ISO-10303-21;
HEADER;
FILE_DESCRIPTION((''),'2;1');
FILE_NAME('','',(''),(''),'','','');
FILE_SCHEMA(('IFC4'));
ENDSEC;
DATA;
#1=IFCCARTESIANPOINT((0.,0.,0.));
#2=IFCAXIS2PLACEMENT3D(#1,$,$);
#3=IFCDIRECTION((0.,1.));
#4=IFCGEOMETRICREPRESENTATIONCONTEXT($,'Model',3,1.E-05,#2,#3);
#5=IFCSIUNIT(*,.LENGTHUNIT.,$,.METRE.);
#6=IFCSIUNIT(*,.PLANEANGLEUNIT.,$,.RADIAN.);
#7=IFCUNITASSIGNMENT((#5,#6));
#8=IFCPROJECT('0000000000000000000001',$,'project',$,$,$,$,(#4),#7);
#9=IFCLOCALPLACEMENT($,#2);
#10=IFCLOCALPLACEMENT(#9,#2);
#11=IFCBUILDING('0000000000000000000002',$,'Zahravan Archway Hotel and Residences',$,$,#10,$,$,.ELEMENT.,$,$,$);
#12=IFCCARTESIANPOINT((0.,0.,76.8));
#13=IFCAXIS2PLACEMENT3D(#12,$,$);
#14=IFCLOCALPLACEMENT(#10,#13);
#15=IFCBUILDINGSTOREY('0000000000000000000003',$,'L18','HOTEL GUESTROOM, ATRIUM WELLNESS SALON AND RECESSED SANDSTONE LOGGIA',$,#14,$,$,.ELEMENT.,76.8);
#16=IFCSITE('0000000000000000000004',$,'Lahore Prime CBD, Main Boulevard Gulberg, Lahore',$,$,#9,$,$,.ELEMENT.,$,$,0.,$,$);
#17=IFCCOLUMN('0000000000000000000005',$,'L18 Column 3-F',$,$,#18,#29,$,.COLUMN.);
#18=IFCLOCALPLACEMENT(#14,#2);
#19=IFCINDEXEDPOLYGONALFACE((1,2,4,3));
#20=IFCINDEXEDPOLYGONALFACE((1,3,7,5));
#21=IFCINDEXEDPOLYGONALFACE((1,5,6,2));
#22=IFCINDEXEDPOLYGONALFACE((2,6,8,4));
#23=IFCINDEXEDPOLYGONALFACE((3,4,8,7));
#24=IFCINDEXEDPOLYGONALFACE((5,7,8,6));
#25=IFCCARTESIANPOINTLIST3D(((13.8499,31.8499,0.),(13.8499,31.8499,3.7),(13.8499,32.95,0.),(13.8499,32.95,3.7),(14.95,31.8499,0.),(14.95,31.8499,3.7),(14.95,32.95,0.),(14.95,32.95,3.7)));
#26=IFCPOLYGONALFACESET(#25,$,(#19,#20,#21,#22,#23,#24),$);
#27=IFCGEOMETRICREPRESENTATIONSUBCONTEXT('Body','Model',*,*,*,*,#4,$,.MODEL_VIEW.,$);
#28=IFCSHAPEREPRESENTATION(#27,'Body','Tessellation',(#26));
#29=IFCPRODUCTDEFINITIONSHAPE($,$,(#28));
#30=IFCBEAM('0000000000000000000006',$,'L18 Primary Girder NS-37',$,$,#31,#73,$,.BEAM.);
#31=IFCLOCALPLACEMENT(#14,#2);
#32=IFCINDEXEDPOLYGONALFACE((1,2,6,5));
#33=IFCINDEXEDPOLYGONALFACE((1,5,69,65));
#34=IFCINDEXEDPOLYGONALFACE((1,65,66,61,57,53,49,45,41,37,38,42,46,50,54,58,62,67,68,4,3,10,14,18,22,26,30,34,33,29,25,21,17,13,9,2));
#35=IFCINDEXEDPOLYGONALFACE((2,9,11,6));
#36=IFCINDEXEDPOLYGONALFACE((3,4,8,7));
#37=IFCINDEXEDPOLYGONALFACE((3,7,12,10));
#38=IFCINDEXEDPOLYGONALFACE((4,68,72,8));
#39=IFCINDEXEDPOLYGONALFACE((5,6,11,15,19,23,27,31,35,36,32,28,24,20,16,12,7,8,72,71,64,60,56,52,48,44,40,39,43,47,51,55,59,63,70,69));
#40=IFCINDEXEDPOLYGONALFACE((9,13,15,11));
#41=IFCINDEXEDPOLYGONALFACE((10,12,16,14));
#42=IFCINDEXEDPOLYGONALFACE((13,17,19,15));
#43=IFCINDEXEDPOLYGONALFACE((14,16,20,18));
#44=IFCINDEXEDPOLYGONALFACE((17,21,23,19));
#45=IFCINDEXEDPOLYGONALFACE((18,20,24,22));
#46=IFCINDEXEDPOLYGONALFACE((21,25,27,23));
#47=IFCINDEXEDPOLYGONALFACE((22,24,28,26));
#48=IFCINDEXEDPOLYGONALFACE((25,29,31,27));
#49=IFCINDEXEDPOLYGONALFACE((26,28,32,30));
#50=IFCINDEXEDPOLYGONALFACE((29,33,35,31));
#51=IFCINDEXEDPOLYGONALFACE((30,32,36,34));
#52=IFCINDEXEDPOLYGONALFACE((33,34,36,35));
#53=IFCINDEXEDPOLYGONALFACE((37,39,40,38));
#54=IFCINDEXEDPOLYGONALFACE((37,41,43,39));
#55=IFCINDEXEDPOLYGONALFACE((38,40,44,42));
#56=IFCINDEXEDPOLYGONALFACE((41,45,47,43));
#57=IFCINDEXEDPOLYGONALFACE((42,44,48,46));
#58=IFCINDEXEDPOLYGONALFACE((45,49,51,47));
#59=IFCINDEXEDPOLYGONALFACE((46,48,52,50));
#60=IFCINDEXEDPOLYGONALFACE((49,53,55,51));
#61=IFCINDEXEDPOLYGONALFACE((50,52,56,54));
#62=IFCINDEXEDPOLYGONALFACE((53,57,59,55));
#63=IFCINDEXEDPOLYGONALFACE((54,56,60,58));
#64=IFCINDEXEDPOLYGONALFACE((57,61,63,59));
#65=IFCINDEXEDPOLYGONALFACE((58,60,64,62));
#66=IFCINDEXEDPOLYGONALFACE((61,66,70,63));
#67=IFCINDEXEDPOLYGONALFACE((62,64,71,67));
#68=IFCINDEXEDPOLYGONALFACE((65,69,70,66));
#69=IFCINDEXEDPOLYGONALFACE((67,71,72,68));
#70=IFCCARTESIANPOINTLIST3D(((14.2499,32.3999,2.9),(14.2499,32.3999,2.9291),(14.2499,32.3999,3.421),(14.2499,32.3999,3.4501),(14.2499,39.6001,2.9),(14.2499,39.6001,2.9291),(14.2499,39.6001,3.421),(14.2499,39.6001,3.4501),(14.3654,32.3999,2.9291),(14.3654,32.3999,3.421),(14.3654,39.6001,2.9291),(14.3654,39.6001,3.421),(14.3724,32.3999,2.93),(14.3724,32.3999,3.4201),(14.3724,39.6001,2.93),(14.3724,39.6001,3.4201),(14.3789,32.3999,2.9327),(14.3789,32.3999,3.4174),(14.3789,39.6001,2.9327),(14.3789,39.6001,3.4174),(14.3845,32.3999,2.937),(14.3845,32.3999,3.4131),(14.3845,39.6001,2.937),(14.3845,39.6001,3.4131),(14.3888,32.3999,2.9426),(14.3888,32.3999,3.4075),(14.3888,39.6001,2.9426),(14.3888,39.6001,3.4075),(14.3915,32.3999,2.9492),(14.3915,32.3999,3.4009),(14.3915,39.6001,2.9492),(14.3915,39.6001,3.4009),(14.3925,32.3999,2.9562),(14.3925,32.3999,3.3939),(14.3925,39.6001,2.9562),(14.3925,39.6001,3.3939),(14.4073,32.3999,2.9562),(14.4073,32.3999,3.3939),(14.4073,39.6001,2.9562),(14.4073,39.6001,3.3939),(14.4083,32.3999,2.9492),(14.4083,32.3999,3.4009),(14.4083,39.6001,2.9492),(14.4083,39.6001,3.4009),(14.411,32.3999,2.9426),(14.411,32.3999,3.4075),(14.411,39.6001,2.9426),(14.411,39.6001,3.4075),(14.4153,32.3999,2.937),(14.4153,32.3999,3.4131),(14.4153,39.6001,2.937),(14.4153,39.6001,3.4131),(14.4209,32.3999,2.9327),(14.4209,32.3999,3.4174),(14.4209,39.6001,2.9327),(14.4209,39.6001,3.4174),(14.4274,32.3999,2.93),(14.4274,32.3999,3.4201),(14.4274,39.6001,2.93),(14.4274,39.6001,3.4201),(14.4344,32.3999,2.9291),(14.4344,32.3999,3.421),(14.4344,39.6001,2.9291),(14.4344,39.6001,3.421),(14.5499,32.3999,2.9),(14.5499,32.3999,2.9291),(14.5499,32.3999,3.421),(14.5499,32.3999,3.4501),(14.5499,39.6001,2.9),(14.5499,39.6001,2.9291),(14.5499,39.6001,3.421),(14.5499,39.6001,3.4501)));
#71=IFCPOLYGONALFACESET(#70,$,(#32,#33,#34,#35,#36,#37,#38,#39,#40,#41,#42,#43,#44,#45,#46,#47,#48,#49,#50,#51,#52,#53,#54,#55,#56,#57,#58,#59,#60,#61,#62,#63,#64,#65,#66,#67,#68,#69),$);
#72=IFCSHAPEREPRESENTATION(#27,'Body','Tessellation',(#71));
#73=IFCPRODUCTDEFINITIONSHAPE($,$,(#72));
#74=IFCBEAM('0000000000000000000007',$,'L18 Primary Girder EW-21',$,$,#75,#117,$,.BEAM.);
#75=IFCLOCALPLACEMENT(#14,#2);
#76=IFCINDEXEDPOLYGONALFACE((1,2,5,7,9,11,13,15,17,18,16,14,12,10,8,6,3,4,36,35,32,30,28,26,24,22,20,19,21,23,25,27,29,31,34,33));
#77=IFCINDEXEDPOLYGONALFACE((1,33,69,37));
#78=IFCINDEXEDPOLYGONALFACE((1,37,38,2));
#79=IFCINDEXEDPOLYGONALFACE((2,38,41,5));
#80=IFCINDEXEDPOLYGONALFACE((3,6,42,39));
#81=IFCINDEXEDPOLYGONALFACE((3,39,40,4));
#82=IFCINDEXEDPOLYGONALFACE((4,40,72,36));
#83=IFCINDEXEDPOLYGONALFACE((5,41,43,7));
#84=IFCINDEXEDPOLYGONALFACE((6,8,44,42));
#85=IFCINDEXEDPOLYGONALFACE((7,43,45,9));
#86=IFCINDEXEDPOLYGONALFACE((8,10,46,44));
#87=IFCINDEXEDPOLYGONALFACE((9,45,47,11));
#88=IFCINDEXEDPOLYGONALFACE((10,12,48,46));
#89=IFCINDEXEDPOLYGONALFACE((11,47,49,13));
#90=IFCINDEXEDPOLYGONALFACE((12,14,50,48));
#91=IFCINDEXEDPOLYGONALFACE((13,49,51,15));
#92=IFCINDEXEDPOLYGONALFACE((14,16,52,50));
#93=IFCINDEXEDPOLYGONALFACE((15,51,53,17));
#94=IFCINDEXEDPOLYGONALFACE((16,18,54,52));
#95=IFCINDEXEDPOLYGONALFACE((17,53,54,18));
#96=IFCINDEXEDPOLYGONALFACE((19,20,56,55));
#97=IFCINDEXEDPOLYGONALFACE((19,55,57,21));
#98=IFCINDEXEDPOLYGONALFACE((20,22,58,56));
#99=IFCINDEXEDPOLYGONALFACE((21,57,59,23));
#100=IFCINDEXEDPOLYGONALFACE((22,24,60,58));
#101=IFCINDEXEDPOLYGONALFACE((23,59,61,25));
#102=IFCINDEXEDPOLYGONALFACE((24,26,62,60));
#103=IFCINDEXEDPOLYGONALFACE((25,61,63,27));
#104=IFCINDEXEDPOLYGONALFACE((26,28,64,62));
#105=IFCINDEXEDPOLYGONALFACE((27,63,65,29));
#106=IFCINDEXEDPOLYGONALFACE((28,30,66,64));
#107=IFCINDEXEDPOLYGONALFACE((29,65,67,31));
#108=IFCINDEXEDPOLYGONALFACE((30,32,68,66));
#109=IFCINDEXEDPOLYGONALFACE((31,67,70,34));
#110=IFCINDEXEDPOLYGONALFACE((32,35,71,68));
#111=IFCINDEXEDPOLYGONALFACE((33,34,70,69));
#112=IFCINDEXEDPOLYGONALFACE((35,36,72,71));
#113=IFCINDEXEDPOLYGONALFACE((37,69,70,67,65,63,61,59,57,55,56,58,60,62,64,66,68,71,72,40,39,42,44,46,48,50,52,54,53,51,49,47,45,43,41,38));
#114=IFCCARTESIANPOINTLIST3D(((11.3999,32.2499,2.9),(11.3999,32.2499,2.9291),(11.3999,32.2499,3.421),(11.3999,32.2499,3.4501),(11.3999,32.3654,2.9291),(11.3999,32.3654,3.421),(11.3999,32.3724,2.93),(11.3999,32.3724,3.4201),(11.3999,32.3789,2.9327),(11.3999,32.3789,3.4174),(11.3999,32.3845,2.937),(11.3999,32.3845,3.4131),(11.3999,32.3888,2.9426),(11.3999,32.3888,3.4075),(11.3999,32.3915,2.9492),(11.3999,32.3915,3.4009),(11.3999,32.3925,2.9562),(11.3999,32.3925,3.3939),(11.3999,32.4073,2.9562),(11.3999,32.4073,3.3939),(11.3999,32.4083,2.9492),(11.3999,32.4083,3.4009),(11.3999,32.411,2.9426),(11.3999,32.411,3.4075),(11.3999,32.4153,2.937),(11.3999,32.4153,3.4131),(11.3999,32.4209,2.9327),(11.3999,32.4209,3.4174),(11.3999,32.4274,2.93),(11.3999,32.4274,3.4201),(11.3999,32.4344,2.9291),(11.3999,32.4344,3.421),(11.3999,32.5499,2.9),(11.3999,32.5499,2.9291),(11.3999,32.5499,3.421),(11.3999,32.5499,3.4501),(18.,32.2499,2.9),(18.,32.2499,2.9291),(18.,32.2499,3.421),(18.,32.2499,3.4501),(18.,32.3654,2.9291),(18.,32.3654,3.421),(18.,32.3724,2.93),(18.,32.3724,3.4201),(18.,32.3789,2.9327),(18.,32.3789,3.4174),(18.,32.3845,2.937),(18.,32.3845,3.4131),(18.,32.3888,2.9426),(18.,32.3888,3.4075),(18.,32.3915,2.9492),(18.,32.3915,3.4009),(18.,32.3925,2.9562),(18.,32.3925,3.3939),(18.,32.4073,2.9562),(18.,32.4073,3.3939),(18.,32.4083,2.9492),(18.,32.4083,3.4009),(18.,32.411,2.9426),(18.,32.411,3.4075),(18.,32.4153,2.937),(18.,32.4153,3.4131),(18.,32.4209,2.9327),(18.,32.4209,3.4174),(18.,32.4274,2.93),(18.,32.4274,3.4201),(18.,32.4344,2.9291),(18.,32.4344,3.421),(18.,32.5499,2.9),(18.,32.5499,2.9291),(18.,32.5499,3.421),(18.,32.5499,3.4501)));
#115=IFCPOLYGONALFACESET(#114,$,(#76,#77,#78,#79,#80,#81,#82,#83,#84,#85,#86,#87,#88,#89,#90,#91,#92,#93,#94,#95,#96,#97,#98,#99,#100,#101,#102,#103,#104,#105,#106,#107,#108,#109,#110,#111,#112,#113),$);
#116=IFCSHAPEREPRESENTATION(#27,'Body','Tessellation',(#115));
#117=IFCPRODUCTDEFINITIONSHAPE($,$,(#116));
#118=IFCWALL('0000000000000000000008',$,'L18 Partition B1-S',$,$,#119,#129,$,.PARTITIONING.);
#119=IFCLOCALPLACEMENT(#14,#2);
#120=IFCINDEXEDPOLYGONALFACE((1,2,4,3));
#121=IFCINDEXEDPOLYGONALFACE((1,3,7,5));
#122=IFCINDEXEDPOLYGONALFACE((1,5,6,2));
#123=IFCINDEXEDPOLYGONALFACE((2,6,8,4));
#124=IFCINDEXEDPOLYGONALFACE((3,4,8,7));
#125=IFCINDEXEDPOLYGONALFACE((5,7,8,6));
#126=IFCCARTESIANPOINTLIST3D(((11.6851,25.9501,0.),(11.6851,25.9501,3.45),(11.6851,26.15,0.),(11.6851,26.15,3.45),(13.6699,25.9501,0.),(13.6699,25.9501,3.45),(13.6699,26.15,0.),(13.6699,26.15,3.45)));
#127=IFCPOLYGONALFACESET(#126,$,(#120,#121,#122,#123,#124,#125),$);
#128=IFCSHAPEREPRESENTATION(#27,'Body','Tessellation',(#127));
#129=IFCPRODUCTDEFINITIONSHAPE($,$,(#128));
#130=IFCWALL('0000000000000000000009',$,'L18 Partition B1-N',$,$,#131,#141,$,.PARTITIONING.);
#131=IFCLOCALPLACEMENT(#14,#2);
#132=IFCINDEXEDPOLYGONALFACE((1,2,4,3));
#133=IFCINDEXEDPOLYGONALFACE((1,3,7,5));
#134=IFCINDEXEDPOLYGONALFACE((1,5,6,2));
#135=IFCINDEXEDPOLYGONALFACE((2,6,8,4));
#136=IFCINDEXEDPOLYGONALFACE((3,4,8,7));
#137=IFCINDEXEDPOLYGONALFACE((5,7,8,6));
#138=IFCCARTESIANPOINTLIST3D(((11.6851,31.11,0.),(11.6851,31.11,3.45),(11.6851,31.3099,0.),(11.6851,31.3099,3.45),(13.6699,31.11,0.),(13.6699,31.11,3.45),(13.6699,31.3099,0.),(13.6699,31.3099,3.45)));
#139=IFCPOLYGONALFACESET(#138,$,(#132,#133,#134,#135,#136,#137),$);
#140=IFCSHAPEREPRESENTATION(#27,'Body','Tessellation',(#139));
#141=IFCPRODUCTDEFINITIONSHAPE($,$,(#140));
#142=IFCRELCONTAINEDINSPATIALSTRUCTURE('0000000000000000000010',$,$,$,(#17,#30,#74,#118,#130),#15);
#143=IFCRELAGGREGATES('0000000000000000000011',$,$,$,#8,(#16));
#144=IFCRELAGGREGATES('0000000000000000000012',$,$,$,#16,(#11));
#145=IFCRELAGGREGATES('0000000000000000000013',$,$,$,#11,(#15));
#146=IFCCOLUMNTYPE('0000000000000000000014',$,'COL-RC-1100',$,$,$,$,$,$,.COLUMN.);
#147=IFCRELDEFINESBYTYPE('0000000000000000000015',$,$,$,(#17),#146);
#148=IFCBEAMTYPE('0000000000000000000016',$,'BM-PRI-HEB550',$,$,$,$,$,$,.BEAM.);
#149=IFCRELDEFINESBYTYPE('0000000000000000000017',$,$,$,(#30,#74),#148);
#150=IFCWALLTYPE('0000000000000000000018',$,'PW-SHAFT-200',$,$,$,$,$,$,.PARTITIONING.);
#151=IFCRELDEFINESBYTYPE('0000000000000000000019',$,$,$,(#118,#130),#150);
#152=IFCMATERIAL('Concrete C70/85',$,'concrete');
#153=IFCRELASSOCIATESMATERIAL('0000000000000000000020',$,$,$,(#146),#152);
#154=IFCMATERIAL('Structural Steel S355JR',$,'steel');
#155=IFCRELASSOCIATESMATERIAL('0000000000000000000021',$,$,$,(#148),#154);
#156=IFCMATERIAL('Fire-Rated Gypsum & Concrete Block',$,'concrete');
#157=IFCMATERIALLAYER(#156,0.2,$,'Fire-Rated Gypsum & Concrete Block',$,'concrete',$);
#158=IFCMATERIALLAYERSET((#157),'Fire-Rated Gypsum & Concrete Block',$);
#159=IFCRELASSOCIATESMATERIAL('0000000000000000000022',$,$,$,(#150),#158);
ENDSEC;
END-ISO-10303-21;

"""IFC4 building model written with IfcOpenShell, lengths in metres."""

from ifc_helpers import new_model, si_unit, direction, frame, frame_2d, origin, origin_2d, place, context, subcontext, project, spatial, rectangle, i_section, extrude, source, transform, mapped, material, layer, layer_set, material_profile, profile_set, type_object, type_shapes, element, save


model = new_model("IFC4")

# Units and contexts
model_context = context("Model", 3, precision=1e-05, world=origin(), true_north=direction((0.0, 1.0)))
body_context = subcontext(model_context, "Body", "Model", "MODEL_VIEW")
ifc_project = project(units=[si_unit("LENGTHUNIT", "METRE"), si_unit("PLANEANGLEUNIT", "RADIAN")], contexts=[model_context])

# Site, building, storey
site_placement = place(None, origin())
site = spatial("IfcSite", under=ifc_project, at=site_placement, Name="Lahore Prime CBD, Main Boulevard Gulberg, Lahore", CompositionType="ELEMENT", RefElevation=0.0)
building_placement = place(site_placement, origin())
building = spatial("IfcBuilding", under=site, at=building_placement, Name="Zahravan Archway Hotel and Residences", CompositionType="ELEMENT")
storey_placement = place(building_placement, frame((0.0, 0.0, 76.8)))
storey = spatial("IfcBuildingStorey", under=building, at=storey_placement, Name="L18", Description="HOTEL GUESTROOM, ATRIUM WELLNESS SALON AND RECESSED SANDSTONE LOGGIA", CompositionType="ELEMENT", Elevation=76.8)

# Column
ifc_material_1 = material(Name="Concrete C70/85", Category="concrete")
ifc_material_profile_1 = material_profile(ifc_material_1, rectangle(XDim=1.1001, YDim=1.1001, at=origin_2d()), Name="RC 1100x1100", Category="concrete")
ifc_profile_set_1 = profile_set([ifc_material_profile_1], Name="Concrete C70/85")
column_type = type_object("IfcColumnType", Name="COL-RC-1100", PredefinedType="COLUMN", material=ifc_profile_set_1)
shared_shape_1 = source(origin(), body_context, "Body", "SweptSolid", [
    extrude(rectangle(XDim=1.1001, YDim=1.1001, at=origin_2d()), origin(), (0.0, 0.0, 1.0), 3.7),
])
column_placement = place(storey_placement, frame((14.3999, 32.3999, 0.0), z_axis=(0.0, 0.0, 1.0), x_axis=(1.0, 0.0, 0.0)))
element("IfcColumn", 1, at=column_placement, inside=storey, type_object=column_type, Name="L18 Column 3-F", PredefinedType="COLUMN", context=body_context, shape_type="MappedRepresentation", body=[
    mapped(shared_shape_1, transform((0.0, 0.0, 0.0), scale=1.0)),
])

# Beams
ifc_material_2 = material(Name="Structural Steel S355JR", Category="steel")
ifc_material_profile_2 = material_profile(ifc_material_2, i_section(OverallWidth=0.3, OverallDepth=0.55, WebThickness=0.0149, FlangeThickness=0.0291, FilletRadius=0.0271, at=origin_2d()), Name="HEB 550", Category="steel")
ifc_profile_set_2 = profile_set([ifc_material_profile_2], Name="Structural Steel S355JR")
beam_type = type_object("IfcBeamType", Name="BM-PRI-HEB550", PredefinedType="BEAM", material=ifc_profile_set_2)
shared_shape_2 = source(origin(), body_context, "Body", "SweptSolid", [
    extrude(i_section(OverallWidth=0.3, OverallDepth=0.55, WebThickness=0.0149, FlangeThickness=0.0291, FilletRadius=0.0271, at=origin_2d()), origin(), (0.0, 0.0, 1.0), 7.2002),
])
type_shapes(beam_type, [shared_shape_2])
beam_1_placement = place(storey_placement, frame((14.3999, 32.3999, 3.175), z_axis=(0.0, 1.0, 0.0), x_axis=(-1.0, 0.0, 0.0)))
element("IfcBeam", 2, at=beam_1_placement, inside=storey, type_object=beam_type, Name="L18 Primary Girder NS-37", PredefinedType="BEAM", context=body_context, shape_type="MappedRepresentation", body=[
    mapped(shared_shape_2, transform((0.0, 0.0, 0.0), scale=1.0)),
])
shared_shape_3 = source(origin(), body_context, "Body", "SweptSolid", [
    extrude(i_section(OverallWidth=0.3, OverallDepth=0.55, WebThickness=0.0149, FlangeThickness=0.0291, FilletRadius=0.0271, at=origin_2d()), origin(), (0.0, 0.0, 1.0), 6.6001),
])
beam_2_placement = place(storey_placement, frame((11.3999, 32.3999, 3.175), z_axis=(1.0, 0.0, 0.0), x_axis=(0.0, 1.0, 0.0)))
element("IfcBeam", 3, at=beam_2_placement, inside=storey, type_object=beam_type, Name="L18 Primary Girder EW-21", PredefinedType="BEAM", context=body_context, shape_type="MappedRepresentation", body=[
    mapped(shared_shape_3, transform((0.0, 0.0, 0.0), scale=1.0)),
])

# Walls
ifc_material_3 = material(Name="Fire-Rated Gypsum & Concrete Block", Category="concrete")
ifc_layer_1 = layer(ifc_material_3, 0.2, Name="Fire-Rated Gypsum & Concrete Block", Category="concrete")
ifc_layer_set_1 = layer_set([ifc_layer_1], Name="Fire-Rated Gypsum & Concrete Block")
wall_type_1 = type_object("IfcWallType", Name="PW-SHAFT-200", PredefinedType="PARTITIONING", material=ifc_layer_set_1)
for number, where, z_axis, x_axis, name in (
    (4, (11.6851, 26.05, 0.0), (0.0, 0.0, 1.0), (1.0, 0.0, 0.0), "L18 Partition B1-S"),
    (5, (11.6851, 31.21, 0.0), (0.0, 0.0, 1.0), (1.0, 0.0, 0.0), "L18 Partition B1-N"),
):
    element("IfcWall", number, at=place(storey_placement, frame(where, z_axis=z_axis, x_axis=x_axis)), inside=storey, type_object=wall_type_1, Name=name, PredefinedType="PARTITIONING", context=body_context, shape_type="SweptSolid", body=[
        extrude(rectangle(XDim=1.9849, YDim=0.2, at=frame_2d((0.9924, 0.0))), origin(), (0.0, 0.0, 1.0), 3.45),
    ])

save(model, "model.ifc")
